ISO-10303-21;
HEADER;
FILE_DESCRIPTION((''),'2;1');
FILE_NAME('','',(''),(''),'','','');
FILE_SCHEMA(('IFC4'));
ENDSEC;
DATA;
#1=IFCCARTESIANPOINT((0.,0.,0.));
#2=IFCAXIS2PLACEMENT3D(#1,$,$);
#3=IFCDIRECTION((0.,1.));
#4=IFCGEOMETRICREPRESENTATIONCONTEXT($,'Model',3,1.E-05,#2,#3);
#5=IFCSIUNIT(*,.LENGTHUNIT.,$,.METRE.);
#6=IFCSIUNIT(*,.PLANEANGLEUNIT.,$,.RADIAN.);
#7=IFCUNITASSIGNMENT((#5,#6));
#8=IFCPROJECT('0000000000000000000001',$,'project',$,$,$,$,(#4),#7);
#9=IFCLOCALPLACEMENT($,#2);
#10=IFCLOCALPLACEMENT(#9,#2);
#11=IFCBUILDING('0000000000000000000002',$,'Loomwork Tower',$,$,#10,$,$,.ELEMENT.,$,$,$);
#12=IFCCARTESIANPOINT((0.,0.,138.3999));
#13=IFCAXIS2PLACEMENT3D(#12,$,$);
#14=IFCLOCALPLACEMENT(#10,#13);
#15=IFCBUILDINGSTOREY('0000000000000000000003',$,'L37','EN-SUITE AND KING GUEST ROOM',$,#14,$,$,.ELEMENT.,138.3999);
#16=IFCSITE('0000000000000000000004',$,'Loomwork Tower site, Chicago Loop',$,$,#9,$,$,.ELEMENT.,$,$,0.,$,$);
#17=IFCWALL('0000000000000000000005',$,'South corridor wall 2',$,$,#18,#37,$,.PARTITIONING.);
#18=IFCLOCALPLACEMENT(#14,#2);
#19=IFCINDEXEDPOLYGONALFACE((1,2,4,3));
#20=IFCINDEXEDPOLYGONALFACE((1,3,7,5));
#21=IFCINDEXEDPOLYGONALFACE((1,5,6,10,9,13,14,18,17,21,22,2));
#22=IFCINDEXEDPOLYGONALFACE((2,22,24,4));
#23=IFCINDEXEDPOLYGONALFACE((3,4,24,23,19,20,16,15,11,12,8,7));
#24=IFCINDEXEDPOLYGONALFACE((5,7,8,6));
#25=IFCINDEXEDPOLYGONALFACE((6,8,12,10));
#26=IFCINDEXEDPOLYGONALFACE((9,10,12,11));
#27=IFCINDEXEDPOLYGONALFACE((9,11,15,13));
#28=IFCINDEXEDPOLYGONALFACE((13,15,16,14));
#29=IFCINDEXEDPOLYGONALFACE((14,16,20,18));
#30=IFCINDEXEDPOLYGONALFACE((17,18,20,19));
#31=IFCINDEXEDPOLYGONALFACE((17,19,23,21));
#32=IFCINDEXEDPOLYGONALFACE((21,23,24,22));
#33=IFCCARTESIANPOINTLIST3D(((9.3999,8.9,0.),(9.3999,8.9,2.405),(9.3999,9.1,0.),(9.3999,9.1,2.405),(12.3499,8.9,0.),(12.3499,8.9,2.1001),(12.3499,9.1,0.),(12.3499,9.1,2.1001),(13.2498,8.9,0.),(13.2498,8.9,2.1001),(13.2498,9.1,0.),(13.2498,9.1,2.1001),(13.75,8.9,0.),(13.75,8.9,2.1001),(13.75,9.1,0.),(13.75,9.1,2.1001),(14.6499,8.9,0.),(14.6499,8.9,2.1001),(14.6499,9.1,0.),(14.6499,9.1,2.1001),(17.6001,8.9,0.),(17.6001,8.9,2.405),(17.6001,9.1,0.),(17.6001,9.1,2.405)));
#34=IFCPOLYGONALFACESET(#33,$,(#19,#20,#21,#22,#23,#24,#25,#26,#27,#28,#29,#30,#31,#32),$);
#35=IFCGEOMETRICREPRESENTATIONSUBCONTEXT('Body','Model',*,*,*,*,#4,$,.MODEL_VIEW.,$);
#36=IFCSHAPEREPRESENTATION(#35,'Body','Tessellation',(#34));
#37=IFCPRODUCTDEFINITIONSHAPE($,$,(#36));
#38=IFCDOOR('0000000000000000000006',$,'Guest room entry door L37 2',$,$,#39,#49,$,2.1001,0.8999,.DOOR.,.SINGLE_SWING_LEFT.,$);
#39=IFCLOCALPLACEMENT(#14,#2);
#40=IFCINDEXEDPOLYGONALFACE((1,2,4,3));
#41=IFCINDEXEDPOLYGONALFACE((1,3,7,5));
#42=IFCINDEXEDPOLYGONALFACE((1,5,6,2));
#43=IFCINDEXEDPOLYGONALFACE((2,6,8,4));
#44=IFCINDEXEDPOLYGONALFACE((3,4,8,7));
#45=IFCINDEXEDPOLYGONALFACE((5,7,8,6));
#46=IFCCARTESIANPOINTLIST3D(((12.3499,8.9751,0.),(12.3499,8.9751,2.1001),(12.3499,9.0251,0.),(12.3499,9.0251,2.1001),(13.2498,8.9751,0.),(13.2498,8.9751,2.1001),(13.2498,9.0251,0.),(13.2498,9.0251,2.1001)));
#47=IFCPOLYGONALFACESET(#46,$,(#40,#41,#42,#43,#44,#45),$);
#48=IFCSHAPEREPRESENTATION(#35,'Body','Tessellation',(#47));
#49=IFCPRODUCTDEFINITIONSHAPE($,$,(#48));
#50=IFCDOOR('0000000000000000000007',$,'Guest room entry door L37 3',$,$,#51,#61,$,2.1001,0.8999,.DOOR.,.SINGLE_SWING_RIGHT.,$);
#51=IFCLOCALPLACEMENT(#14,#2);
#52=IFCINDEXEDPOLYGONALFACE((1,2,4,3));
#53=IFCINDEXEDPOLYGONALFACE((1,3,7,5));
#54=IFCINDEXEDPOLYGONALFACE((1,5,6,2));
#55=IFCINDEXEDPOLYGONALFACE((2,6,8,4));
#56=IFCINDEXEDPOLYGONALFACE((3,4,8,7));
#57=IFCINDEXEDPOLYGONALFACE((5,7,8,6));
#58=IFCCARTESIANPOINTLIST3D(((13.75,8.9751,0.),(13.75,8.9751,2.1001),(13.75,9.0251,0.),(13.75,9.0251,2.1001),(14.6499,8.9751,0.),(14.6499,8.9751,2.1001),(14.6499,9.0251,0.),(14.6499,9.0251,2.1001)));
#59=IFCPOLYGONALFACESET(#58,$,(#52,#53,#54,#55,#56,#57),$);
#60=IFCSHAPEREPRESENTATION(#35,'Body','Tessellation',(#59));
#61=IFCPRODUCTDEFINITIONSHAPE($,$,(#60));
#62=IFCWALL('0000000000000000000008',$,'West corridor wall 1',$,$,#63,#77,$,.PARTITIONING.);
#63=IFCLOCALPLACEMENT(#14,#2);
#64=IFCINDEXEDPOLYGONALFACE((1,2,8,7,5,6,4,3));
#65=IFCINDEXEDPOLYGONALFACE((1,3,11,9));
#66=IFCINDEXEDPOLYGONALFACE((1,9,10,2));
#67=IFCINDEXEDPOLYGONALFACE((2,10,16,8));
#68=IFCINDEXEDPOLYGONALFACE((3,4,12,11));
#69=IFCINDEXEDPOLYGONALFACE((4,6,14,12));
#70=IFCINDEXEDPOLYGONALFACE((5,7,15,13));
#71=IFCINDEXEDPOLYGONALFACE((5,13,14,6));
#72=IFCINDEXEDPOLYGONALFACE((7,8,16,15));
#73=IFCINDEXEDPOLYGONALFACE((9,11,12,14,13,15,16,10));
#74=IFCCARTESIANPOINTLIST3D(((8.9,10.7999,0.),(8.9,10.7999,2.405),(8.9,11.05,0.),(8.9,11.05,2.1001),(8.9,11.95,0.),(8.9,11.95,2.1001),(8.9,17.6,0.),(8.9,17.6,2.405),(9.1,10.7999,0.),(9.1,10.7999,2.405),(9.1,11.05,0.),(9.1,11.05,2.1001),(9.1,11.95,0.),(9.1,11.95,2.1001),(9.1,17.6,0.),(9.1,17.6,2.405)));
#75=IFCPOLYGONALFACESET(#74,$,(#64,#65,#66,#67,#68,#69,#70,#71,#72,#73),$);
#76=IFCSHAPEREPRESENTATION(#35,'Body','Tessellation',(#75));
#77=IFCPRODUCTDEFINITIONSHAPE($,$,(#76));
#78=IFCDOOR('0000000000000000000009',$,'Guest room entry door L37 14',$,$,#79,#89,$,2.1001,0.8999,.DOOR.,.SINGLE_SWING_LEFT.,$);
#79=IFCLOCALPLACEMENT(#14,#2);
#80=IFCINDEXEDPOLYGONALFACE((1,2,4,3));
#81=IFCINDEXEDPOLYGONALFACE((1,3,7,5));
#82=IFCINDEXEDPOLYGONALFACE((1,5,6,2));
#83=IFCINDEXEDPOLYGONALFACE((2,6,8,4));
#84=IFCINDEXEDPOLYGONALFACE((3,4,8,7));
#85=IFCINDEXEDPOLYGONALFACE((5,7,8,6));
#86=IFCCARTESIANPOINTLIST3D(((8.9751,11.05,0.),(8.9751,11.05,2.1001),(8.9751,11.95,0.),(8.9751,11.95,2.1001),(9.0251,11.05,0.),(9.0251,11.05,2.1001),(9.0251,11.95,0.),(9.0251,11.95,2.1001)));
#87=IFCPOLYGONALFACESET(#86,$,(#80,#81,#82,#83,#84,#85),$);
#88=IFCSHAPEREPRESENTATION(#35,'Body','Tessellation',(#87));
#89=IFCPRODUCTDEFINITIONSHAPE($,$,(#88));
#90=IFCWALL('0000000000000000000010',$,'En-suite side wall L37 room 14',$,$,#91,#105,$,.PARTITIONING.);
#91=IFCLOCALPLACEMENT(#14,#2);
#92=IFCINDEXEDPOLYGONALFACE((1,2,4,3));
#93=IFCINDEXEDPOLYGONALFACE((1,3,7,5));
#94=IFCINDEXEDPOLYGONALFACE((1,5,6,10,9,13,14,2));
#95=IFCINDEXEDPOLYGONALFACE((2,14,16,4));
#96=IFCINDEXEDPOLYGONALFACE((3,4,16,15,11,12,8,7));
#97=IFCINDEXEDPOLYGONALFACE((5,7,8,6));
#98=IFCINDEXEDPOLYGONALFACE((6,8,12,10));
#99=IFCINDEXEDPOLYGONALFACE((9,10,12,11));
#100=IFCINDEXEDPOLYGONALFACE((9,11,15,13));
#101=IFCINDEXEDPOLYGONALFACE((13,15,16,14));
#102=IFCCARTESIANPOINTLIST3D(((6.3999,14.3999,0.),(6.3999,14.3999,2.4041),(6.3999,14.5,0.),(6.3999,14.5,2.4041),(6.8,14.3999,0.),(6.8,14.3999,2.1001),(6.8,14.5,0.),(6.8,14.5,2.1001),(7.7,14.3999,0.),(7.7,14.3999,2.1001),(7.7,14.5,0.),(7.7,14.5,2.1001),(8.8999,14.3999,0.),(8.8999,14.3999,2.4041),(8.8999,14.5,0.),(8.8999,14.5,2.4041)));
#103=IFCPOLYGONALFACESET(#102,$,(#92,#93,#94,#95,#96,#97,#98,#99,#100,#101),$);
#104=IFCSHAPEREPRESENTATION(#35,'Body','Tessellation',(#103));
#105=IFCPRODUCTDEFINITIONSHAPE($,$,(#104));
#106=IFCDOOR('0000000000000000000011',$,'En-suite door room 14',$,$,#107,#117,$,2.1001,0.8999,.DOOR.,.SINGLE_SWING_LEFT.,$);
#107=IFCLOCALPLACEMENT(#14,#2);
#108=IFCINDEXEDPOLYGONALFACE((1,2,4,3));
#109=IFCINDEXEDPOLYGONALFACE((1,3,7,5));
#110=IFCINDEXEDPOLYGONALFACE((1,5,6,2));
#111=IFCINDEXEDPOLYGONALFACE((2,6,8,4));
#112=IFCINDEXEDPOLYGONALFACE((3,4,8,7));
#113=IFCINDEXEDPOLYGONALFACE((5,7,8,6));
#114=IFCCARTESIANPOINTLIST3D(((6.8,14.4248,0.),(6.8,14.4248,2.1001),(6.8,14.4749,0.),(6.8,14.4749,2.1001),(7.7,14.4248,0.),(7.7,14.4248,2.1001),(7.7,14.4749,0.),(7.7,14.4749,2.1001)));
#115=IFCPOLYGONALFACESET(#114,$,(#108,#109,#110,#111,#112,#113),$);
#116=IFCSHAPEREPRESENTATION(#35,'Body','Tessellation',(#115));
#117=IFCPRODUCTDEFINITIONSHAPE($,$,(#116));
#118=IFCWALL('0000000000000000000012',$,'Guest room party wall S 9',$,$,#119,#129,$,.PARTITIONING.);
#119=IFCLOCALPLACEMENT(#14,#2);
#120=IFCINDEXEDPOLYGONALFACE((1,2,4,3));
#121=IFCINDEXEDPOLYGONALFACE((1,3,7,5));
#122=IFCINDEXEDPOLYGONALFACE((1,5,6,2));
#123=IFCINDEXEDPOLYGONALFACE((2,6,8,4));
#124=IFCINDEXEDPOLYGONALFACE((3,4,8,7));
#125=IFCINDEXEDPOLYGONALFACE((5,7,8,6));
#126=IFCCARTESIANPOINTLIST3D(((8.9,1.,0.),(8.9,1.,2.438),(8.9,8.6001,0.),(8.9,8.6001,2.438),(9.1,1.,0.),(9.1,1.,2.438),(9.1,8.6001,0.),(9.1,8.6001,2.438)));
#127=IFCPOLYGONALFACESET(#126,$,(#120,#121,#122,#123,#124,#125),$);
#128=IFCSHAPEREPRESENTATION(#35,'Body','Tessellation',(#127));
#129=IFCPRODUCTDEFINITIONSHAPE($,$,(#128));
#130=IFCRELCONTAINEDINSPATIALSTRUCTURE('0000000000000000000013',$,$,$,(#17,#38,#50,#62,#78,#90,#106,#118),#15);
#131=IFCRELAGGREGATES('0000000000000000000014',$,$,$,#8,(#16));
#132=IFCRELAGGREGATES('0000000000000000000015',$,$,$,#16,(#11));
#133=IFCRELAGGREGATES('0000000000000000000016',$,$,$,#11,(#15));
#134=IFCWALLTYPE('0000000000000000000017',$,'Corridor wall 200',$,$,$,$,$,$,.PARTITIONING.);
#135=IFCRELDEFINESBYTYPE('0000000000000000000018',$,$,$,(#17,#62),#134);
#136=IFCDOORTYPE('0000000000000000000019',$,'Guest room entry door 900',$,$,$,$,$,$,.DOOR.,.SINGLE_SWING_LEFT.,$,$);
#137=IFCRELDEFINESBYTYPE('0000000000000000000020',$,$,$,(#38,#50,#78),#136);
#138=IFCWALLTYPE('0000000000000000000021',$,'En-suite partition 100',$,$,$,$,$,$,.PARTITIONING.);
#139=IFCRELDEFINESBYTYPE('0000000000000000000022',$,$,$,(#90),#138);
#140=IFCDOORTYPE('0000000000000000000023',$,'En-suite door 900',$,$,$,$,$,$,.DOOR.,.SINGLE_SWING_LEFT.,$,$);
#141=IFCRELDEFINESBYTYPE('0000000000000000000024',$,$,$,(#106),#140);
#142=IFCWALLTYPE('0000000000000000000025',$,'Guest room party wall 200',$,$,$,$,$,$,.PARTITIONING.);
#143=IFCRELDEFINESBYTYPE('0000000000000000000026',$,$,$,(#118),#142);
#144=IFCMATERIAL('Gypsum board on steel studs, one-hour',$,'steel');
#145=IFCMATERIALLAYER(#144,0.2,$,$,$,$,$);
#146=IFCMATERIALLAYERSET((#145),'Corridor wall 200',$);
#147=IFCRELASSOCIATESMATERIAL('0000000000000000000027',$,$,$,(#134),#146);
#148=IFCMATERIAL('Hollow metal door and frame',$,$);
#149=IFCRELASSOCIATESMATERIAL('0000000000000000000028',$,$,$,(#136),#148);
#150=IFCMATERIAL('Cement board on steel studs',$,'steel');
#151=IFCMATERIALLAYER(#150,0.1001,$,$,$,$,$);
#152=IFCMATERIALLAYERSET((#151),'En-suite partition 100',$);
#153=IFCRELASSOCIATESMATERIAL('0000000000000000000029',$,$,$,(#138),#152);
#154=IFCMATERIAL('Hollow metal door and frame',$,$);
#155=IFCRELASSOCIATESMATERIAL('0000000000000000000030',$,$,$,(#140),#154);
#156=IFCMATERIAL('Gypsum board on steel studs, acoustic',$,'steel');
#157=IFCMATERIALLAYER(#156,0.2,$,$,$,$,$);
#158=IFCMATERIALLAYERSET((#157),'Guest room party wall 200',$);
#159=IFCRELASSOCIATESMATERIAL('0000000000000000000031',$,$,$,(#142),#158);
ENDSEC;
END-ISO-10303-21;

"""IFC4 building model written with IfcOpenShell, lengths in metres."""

from ifc_helpers import new_model, si_unit, direction, frame, frame_2d, origin, place, context, subcontext, project, spatial, rectangle, extrude, material, layer, layer_set, type_object, element, fill, save


model = new_model("IFC4")

# Units and contexts
model_context = context("Model", 3, precision=1e-05, world=origin(), true_north=direction((0.0, 1.0)))
body_context = subcontext(model_context, "Body", "Model", "MODEL_VIEW")
ifc_project = project(units=[si_unit("LENGTHUNIT", "METRE"), si_unit("PLANEANGLEUNIT", "RADIAN")], contexts=[model_context])

# Site, building, storey
site_placement = place(None, origin())
site = spatial("IfcSite", under=ifc_project, at=site_placement, Name="Loomwork Tower site, Chicago Loop", CompositionType="ELEMENT", RefElevation=0.0)
building_placement = place(site_placement, origin())
building = spatial("IfcBuilding", under=site, at=building_placement, Name="Loomwork Tower", CompositionType="ELEMENT")
storey_placement = place(building_placement, frame((0.0, 0.0, 138.3999)))
storey = spatial("IfcBuildingStorey", under=building, at=storey_placement, Name="L37", Description="EN-SUITE AND KING GUEST ROOM", CompositionType="ELEMENT", Elevation=138.3999)

# Wall, openings, doors
ifc_material_1 = material(Name="Gypsum board on steel studs, one-hour", Category="steel")
ifc_layer_1 = layer(ifc_material_1, 0.2)
ifc_layer_set_1 = layer_set([ifc_layer_1], Name="Corridor wall 200")
wall_type_1 = type_object("IfcWallType", Name="Corridor wall 200", PredefinedType="PARTITIONING", material=ifc_layer_set_1)
wall_1_placement = place(storey_placement, frame((9.3999, 9.0, 0.0), z_axis=(0.0, 0.0, 1.0), x_axis=(1.0, 0.0, 0.0)))
wall_1 = element("IfcWall", 1, at=wall_1_placement, inside=storey, type_object=wall_type_1, Name="South corridor wall 2", PredefinedType="PARTITIONING", context=body_context, shape_type="SweptSolid", body=[
    extrude(rectangle(XDim=8.2002, YDim=0.2, at=frame_2d((4.1001, 0.0))), origin(), (0.0, 0.0, 1.0), 2.405),
])
opening_1_placement = place(wall_1_placement, frame((2.95, 0.0, 0.0)))
opening_1 = element("IfcOpeningElement", 2, at=opening_1_placement, cuts=wall_1, PredefinedType="OPENING", context=body_context, shape_type="SweptSolid", body=[
    extrude(rectangle(XDim=0.8999, YDim=2.1001, at=frame_2d((0.45, 1.05))), frame((0.0, 0.1099, 0.0), z_axis=(0.0, -1.0, 0.0), x_axis=(1.0, 0.0, 0.0)), (0.0, 0.0, 1.0), 0.22),
])
opening_2_placement = place(wall_1_placement, frame((4.3501, 0.0, 0.0)))
opening_2 = element("IfcOpeningElement", 3, at=opening_2_placement, cuts=wall_1, PredefinedType="OPENING", context=body_context, shape_type="SweptSolid", body=[
    extrude(rectangle(XDim=0.8999, YDim=2.1001, at=frame_2d((0.45, 1.05))), frame((0.0, 0.1099, 0.0), z_axis=(0.0, -1.0, 0.0), x_axis=(1.0, 0.0, 0.0)), (0.0, 0.0, 1.0), 0.22),
])
ifc_material_2 = material(Name="Hollow metal door and frame")
door_type_1 = type_object("IfcDoorType", Name="Guest room entry door 900", OperationType="SINGLE_SWING_LEFT", PredefinedType="DOOR", material=ifc_material_2)
door_1_placement = place(opening_1_placement, frame((0.8999, 0.0, 0.0), z_axis=(0.0, 0.0, 1.0), x_axis=(-1.0, 0.0, 0.0)))
door_1 = element("IfcDoor", 4, at=door_1_placement, inside=storey, type_object=door_type_1, Name="Guest room entry door L37 2", OperationType="SINGLE_SWING_LEFT", OverallHeight=2.1001, OverallWidth=0.8999, PredefinedType="DOOR", context=body_context, shape_type="SweptSolid", body=[
    extrude(rectangle(XDim=0.8999, YDim=2.1001, at=frame_2d((0.45, 1.05))), frame((0.0, 0.0249, 0.0), z_axis=(0.0, -1.0, 0.0), x_axis=(1.0, 0.0, 0.0)), (0.0, 0.0, 1.0), 0.05),
])
fill(opening_1, door_1)
door_2_placement = place(opening_2_placement, frame((0.8999, 0.0, 0.0), z_axis=(0.0, 0.0, 1.0), x_axis=(-1.0, 0.0, 0.0)))
door_2 = element("IfcDoor", 5, at=door_2_placement, inside=storey, type_object=door_type_1, Name="Guest room entry door L37 3", OperationType="SINGLE_SWING_RIGHT", OverallHeight=2.1001, OverallWidth=0.8999, PredefinedType="DOOR", context=body_context, shape_type="SweptSolid", body=[
    extrude(rectangle(XDim=0.8999, YDim=2.1001, at=frame_2d((0.45, 1.05))), frame((0.0, 0.0249, 0.0), z_axis=(0.0, -1.0, 0.0), x_axis=(1.0, 0.0, 0.0)), (0.0, 0.0, 1.0), 0.05),
])
fill(opening_2, door_2)

# Walls, openings, doors
wall_2_placement = place(storey_placement, frame((9.0, 10.8, 0.0), z_axis=(0.0, 0.0, 1.0), x_axis=(0.0, 1.0, 0.0)))
wall_2 = element("IfcWall", 6, at=wall_2_placement, inside=storey, type_object=wall_type_1, Name="West corridor wall 1", PredefinedType="PARTITIONING", context=body_context, shape_type="SweptSolid", body=[
    extrude(rectangle(XDim=6.8, YDim=0.2, at=frame_2d((3.3999, 0.0))), origin(), (0.0, 0.0, 1.0), 2.405),
])
opening_3_placement = place(wall_2_placement, frame((0.25, 0.0, 0.0)))
opening_3 = element("IfcOpeningElement", 7, at=opening_3_placement, cuts=wall_2, PredefinedType="OPENING", context=body_context, shape_type="SweptSolid", body=[
    extrude(rectangle(XDim=0.8999, YDim=2.1001, at=frame_2d((0.45, 1.05))), frame((0.0, 0.1099, 0.0), z_axis=(0.0, -1.0, 0.0), x_axis=(1.0, 0.0, 0.0)), (0.0, 0.0, 1.0), 0.22),
])
door_3_placement = place(opening_3_placement, origin())
door_3 = element("IfcDoor", 8, at=door_3_placement, inside=storey, type_object=door_type_1, Name="Guest room entry door L37 14", OperationType="SINGLE_SWING_LEFT", OverallHeight=2.1001, OverallWidth=0.8999, PredefinedType="DOOR", context=body_context, shape_type="SweptSolid", body=[
    extrude(rectangle(XDim=0.8999, YDim=2.1001, at=frame_2d((0.45, 1.05))), frame((0.0, 0.0249, 0.0), z_axis=(0.0, -1.0, 0.0), x_axis=(1.0, 0.0, 0.0)), (0.0, 0.0, 1.0), 0.05),
])
fill(opening_3, door_3)
ifc_material_3 = material(Name="Cement board on steel studs", Category="steel")
ifc_layer_2 = layer(ifc_material_3, 0.1001)
ifc_layer_set_2 = layer_set([ifc_layer_2], Name="En-suite partition 100")
wall_type_2 = type_object("IfcWallType", Name="En-suite partition 100", PredefinedType="PARTITIONING", material=ifc_layer_set_2)
wall_3_placement = place(storey_placement, frame((8.8999, 14.45, 0.0), z_axis=(0.0, 0.0, 1.0), x_axis=(-1.0, 0.0, 0.0)))
wall_3 = element("IfcWall", 9, at=wall_3_placement, inside=storey, type_object=wall_type_2, Name="En-suite side wall L37 room 14", PredefinedType="PARTITIONING", context=body_context, shape_type="SweptSolid", body=[
    extrude(rectangle(XDim=2.5, YDim=0.1001, at=frame_2d((1.25, 0.0))), origin(), (0.0, 0.0, 1.0), 2.4041),
])
opening_4_placement = place(wall_3_placement, frame((1.2, 0.0, 0.0)))
opening_4 = element("IfcOpeningElement", 10, at=opening_4_placement, cuts=wall_3, PredefinedType="OPENING", context=body_context, shape_type="SweptSolid", body=[
    extrude(rectangle(XDim=0.8999, YDim=2.1001, at=frame_2d((0.45, 1.05))), frame((0.0, 0.0601, 0.0), z_axis=(0.0, -1.0, 0.0), x_axis=(1.0, 0.0, 0.0)), (0.0, 0.0, 1.0), 0.1201),
])
ifc_material_4 = material(Name="Hollow metal door and frame")
door_type_2 = type_object("IfcDoorType", Name="En-suite door 900", OperationType="SINGLE_SWING_LEFT", PredefinedType="DOOR", material=ifc_material_4)
door_4_placement = place(opening_4_placement, frame((0.8999, 0.0, 0.0), z_axis=(0.0, 0.0, 1.0), x_axis=(-1.0, 0.0, 0.0)))
door_4 = element("IfcDoor", 11, at=door_4_placement, inside=storey, type_object=door_type_2, Name="En-suite door room 14", OperationType="SINGLE_SWING_LEFT", OverallHeight=2.1001, OverallWidth=0.8999, PredefinedType="DOOR", context=body_context, shape_type="SweptSolid", body=[
    extrude(rectangle(XDim=0.8999, YDim=2.1001, at=frame_2d((0.45, 1.05))), frame((0.0, 0.0249, 0.0), z_axis=(0.0, -1.0, 0.0), x_axis=(1.0, 0.0, 0.0)), (0.0, 0.0, 1.0), 0.05),
])
fill(opening_4, door_4)

# Wall
ifc_material_5 = material(Name="Gypsum board on steel studs, acoustic", Category="steel")
ifc_layer_3 = layer(ifc_material_5, 0.2)
ifc_layer_set_3 = layer_set([ifc_layer_3], Name="Guest room party wall 200")
wall_type_3 = type_object("IfcWallType", Name="Guest room party wall 200", PredefinedType="PARTITIONING", material=ifc_layer_set_3)
wall_4_placement = place(storey_placement, frame((9.0, 8.6001, 0.0), z_axis=(0.0, 0.0, 1.0), x_axis=(0.0, -1.0, 0.0)))
element("IfcWall", 12, at=wall_4_placement, inside=storey, type_object=wall_type_3, Name="Guest room party wall S 9", PredefinedType="PARTITIONING", context=body_context, shape_type="SweptSolid", body=[
    extrude(rectangle(XDim=7.6001, YDim=0.2, at=frame_2d((3.8, 0.0))), origin(), (0.0, 0.0, 1.0), 2.438),
])

save(model, "model.ifc")
